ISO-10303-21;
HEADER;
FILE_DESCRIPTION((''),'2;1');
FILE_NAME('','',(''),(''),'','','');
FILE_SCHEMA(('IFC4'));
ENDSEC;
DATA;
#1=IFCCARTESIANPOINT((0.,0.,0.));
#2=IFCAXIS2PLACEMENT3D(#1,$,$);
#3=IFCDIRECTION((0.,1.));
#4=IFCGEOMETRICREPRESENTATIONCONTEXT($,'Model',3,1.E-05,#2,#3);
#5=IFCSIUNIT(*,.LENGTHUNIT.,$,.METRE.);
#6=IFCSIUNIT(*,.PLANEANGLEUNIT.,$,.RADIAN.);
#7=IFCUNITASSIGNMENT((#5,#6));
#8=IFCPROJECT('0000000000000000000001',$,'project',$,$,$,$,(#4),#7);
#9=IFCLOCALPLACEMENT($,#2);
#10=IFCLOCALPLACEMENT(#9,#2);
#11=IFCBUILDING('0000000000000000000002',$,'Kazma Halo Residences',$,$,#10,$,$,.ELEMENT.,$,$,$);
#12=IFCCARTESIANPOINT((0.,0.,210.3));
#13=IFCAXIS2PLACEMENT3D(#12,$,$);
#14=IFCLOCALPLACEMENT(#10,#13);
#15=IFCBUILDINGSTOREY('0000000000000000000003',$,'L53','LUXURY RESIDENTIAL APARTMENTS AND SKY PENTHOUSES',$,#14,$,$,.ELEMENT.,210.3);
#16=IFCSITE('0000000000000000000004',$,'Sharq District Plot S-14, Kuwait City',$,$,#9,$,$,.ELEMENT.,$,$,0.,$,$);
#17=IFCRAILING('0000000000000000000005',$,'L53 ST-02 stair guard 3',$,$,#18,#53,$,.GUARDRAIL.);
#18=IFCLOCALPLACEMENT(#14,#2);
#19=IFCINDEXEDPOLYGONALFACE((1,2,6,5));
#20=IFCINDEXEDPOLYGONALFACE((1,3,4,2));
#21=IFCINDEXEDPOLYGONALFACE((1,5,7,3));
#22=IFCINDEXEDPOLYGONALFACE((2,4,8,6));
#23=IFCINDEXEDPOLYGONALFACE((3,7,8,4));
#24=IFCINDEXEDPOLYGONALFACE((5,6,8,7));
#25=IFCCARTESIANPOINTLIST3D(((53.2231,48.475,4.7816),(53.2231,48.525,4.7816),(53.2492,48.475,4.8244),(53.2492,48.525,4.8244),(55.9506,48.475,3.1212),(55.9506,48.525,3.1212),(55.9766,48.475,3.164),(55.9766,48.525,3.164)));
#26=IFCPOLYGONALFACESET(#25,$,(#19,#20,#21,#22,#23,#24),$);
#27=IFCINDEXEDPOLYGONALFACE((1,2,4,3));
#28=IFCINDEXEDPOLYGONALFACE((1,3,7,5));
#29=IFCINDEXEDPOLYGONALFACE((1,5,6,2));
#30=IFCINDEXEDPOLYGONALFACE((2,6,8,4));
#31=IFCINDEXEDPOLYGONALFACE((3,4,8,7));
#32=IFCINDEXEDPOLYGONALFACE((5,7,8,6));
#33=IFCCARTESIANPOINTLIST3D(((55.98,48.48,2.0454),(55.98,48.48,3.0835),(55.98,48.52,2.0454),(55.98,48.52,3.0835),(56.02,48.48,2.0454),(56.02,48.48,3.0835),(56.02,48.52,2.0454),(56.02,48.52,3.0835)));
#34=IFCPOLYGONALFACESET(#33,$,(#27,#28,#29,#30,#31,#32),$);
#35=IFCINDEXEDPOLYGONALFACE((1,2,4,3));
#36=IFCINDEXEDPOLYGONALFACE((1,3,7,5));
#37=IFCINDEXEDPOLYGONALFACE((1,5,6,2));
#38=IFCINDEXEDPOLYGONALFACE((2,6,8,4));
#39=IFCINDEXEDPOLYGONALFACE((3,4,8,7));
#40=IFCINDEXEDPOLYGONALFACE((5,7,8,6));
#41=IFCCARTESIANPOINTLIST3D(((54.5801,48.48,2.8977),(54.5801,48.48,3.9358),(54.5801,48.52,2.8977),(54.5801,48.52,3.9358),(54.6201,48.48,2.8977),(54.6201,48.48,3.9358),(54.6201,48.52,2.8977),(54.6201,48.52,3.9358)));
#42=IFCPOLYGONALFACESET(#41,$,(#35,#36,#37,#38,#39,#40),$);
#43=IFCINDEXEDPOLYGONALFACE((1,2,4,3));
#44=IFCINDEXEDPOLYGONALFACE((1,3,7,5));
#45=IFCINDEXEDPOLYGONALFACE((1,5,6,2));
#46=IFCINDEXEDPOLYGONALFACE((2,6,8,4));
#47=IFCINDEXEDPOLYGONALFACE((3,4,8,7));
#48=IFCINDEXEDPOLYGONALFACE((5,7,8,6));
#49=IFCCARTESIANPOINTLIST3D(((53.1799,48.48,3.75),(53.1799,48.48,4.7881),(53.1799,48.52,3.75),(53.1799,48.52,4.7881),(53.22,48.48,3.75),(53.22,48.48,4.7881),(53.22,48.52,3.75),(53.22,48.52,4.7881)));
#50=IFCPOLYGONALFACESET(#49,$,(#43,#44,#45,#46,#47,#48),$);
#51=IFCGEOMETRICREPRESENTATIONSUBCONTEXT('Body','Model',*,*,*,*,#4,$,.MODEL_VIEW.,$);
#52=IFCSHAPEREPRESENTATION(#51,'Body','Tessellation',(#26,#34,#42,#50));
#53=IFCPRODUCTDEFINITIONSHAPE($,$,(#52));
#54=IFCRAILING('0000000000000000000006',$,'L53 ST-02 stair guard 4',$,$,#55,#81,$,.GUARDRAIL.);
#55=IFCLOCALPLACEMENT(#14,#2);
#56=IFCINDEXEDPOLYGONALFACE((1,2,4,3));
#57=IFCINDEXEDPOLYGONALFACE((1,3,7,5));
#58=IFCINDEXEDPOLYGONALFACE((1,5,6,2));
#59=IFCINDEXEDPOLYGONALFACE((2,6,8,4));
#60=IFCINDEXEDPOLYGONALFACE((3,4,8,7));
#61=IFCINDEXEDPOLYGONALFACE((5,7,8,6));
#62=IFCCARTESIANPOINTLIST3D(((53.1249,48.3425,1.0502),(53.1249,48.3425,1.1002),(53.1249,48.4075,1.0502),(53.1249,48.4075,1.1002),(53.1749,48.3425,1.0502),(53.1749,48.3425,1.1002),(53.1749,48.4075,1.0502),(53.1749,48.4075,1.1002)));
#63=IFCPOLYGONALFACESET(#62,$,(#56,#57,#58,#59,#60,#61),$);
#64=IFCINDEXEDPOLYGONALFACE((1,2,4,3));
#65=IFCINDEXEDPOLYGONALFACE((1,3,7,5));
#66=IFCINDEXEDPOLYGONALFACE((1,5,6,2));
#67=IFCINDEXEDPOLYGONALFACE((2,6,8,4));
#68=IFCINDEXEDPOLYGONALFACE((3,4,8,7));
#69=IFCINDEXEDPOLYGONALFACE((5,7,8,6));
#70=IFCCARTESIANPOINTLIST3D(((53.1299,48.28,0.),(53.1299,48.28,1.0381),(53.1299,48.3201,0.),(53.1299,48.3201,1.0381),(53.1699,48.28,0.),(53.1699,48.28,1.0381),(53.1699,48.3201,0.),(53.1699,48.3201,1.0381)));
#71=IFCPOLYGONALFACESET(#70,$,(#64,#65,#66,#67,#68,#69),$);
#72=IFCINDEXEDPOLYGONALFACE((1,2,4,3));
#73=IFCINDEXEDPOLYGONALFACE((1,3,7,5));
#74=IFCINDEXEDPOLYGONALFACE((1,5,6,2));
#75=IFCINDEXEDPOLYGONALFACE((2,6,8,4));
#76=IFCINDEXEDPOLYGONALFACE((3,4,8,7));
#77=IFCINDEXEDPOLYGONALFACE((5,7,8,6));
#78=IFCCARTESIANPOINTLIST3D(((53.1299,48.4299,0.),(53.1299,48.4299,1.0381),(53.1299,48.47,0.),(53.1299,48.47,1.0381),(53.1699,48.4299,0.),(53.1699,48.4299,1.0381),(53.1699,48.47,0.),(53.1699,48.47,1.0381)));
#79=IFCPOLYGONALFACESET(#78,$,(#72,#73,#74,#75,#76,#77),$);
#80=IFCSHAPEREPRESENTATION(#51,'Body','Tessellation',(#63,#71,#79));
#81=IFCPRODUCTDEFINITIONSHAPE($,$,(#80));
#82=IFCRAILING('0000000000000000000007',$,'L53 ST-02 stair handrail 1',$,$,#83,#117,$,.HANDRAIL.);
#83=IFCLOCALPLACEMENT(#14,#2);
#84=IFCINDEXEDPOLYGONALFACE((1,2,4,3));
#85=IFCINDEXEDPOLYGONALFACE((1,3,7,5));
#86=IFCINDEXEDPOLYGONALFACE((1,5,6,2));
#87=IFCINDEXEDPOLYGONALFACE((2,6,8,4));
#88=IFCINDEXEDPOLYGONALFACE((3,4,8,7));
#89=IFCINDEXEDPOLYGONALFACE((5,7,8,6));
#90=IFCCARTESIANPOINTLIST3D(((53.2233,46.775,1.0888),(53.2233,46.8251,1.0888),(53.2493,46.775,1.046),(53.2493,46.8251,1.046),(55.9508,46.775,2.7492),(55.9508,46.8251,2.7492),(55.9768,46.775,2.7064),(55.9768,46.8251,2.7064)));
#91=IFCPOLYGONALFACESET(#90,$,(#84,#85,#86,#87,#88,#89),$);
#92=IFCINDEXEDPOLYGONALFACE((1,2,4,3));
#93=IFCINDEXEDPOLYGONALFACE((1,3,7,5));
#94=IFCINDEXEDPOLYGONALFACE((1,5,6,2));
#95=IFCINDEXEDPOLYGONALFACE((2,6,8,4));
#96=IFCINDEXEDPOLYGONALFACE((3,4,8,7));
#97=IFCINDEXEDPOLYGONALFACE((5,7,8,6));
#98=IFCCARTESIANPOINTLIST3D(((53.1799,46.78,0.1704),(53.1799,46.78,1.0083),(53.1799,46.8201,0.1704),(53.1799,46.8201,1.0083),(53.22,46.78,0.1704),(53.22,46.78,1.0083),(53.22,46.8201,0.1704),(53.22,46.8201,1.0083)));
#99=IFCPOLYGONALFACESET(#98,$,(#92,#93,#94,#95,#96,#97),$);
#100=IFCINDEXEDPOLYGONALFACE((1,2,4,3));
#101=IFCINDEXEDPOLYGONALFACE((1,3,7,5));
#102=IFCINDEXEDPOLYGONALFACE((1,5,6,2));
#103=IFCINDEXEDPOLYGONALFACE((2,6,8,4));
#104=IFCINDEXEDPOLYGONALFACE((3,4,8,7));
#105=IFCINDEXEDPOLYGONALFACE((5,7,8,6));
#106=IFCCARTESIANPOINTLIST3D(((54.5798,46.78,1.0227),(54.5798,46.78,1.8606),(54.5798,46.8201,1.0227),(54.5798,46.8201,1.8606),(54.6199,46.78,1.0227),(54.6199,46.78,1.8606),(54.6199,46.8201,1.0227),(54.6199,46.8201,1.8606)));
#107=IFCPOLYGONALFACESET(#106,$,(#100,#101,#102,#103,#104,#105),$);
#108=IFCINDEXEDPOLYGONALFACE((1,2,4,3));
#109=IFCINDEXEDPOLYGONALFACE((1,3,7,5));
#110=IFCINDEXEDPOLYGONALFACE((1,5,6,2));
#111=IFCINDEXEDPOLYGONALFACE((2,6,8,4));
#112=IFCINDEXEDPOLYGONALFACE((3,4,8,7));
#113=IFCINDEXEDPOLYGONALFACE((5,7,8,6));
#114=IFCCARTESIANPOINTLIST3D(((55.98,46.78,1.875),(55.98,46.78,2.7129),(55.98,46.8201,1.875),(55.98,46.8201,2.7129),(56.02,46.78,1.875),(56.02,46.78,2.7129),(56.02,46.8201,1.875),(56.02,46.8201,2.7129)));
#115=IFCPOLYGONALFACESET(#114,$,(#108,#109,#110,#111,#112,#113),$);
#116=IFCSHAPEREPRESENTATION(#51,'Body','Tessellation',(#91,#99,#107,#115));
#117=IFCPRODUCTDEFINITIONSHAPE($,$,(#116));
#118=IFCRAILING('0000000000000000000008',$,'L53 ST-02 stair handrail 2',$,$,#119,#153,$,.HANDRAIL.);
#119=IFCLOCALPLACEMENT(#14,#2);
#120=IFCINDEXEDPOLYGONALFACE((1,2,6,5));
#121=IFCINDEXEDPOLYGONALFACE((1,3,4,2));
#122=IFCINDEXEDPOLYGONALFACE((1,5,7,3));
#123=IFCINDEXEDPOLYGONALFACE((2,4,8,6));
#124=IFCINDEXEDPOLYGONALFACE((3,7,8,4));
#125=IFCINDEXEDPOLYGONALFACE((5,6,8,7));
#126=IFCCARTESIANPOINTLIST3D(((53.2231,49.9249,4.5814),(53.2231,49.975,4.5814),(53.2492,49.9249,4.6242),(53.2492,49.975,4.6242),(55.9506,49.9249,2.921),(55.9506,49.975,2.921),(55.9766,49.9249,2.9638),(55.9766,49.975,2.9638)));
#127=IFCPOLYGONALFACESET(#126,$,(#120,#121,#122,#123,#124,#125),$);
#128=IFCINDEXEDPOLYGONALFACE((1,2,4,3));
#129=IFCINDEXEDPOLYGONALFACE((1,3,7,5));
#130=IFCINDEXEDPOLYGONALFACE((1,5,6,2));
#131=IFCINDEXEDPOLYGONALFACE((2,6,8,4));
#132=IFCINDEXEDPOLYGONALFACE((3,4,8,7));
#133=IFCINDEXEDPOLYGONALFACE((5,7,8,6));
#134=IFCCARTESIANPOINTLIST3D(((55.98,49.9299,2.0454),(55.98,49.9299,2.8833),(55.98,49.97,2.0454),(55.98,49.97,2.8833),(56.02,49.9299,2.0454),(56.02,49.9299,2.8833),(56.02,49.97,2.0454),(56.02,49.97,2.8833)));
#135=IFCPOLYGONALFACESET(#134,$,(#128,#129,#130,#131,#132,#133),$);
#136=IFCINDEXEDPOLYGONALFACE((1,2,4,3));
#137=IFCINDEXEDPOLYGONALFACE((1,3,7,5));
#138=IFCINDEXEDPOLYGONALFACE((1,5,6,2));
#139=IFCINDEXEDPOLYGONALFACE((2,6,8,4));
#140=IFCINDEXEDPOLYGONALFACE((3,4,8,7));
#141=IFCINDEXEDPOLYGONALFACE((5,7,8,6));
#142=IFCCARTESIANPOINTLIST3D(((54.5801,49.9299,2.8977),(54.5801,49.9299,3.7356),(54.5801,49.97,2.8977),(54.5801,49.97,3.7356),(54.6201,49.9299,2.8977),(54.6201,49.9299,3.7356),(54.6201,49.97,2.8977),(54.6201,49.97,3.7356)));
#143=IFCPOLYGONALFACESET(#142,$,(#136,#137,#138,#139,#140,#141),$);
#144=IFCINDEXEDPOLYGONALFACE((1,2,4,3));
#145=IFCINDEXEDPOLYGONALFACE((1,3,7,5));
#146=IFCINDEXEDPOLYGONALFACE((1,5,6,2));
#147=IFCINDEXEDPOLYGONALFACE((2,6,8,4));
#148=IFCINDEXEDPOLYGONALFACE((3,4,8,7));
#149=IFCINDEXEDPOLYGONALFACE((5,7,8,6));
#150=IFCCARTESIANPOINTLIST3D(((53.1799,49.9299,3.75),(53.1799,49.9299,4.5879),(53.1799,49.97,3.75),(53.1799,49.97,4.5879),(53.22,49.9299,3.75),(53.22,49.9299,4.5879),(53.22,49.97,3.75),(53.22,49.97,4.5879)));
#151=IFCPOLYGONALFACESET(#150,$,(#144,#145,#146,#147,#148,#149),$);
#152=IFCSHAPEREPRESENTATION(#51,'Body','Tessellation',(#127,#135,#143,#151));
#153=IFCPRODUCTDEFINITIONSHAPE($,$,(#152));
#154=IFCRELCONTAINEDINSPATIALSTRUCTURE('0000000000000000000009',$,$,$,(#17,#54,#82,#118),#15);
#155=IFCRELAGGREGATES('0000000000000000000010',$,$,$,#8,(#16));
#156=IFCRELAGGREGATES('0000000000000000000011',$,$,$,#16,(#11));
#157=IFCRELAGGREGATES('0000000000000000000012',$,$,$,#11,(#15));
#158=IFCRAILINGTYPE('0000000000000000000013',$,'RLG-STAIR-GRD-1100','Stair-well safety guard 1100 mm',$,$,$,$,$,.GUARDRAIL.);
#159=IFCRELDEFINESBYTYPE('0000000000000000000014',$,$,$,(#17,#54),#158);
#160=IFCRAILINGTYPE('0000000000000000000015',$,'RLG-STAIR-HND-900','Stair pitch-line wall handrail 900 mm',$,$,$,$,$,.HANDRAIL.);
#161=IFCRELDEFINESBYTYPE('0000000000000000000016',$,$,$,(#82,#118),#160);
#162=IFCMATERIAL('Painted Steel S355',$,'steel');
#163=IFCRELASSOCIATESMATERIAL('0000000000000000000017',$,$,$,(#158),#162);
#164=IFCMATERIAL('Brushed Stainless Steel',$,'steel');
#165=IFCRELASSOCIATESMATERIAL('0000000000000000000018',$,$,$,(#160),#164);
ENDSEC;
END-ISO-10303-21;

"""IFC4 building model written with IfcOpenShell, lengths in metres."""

from ifc_helpers import new_model, si_unit, direction, frame, origin, origin_2d, place, context, subcontext, project, spatial, rectangle, extrude, material, type_object, element, save


model = new_model("IFC4")

# Units and contexts
model_context = context("Model", 3, precision=1e-05, world=origin(), true_north=direction((0.0, 1.0)))
body_context = subcontext(model_context, "Body", "Model", "MODEL_VIEW")
ifc_project = project(units=[si_unit("LENGTHUNIT", "METRE"), si_unit("PLANEANGLEUNIT", "RADIAN")], contexts=[model_context])

# Site, building, storey
site_placement = place(None, origin())
site = spatial("IfcSite", under=ifc_project, at=site_placement, Name="Sharq District Plot S-14, Kuwait City", CompositionType="ELEMENT", RefElevation=0.0)
building_placement = place(site_placement, origin())
building = spatial("IfcBuilding", under=site, at=building_placement, Name="Kazma Halo Residences", CompositionType="ELEMENT")
storey_placement = place(building_placement, frame((0.0, 0.0, 210.3)))
storey = spatial("IfcBuildingStorey", under=building, at=storey_placement, Name="L53", Description="LUXURY RESIDENTIAL APARTMENTS AND SKY PENTHOUSES", CompositionType="ELEMENT", Elevation=210.3)

# Railings
ifc_material_1 = material(Name="Painted Steel S355", Category="steel")
railing_type_1 = type_object("IfcRailingType", Name="RLG-STAIR-GRD-1100", Description="Stair-well safety guard 1100 mm", PredefinedType="GUARDRAIL", material=ifc_material_1)
railing_1_placement = place(storey_placement, frame((56.0, 48.5, 2.0454)))
element("IfcRailing", 1, at=railing_1_placement, inside=storey, type_object=railing_type_1, Name="L53 ST-02 stair guard 3", PredefinedType="GUARDRAIL", context=body_context, shape_type="SweptSolid", body=[
    extrude(rectangle(XDim=0.05, YDim=0.05, at=origin_2d()), frame((-0.0364, 0.0, 1.0972), z_axis=(-0.85417, 0.0, 0.519994), x_axis=(0.0, -1.0, 0.0)), (0.0, 0.0, 1.0), 3.1931),
    extrude(rectangle(XDim=0.04, YDim=0.04, at=origin_2d()), origin(), (0.0, 0.0, 1.0), 1.0381),
    extrude(rectangle(XDim=0.04, YDim=0.04, at=origin_2d()), frame((-1.3999, 0.0, 0.8523)), (0.0, 0.0, 1.0), 1.0381),
    extrude(rectangle(XDim=0.04, YDim=0.04, at=origin_2d()), frame((-2.8, 0.0, 1.7046)), (0.0, 0.0, 1.0), 1.0381),
])
railing_2_placement = place(storey_placement, frame((53.1499, 48.3, 0.0)))
element("IfcRailing", 2, at=railing_2_placement, inside=storey, type_object=railing_type_1, Name="L53 ST-02 stair guard 4", PredefinedType="GUARDRAIL", context=body_context, shape_type="SweptSolid", body=[
    extrude(rectangle(XDim=0.05, YDim=0.05, at=origin_2d()), frame((0.0, 0.0425, 1.0752), z_axis=(0.0, 1.0, 0.0), x_axis=(-1.0, 0.0, 0.0)), (0.0, 0.0, 1.0), 0.0649),
    extrude(rectangle(XDim=0.04, YDim=0.04, at=origin_2d()), origin(), (0.0, 0.0, 1.0), 1.0381),
    extrude(rectangle(XDim=0.04, YDim=0.04, at=origin_2d()), frame((0.0, 0.1499, 0.0)), (0.0, 0.0, 1.0), 1.0381),
])
ifc_material_2 = material(Name="Brushed Stainless Steel", Category="steel")
railing_type_2 = type_object("IfcRailingType", Name="RLG-STAIR-HND-900", Description="Stair pitch-line wall handrail 900 mm", PredefinedType="HANDRAIL", material=ifc_material_2)
railing_3_placement = place(storey_placement, frame((53.2, 46.8, 0.1704)))
element("IfcRailing", 3, at=railing_3_placement, inside=storey, type_object=railing_type_2, Name="L53 ST-02 stair handrail 1", PredefinedType="HANDRAIL", context=body_context, shape_type="SweptSolid", body=[
    extrude(rectangle(XDim=0.05, YDim=0.05, at=origin_2d()), frame((0.0364, 0.0, 0.897), z_axis=(0.85417, 0.0, 0.519994), x_axis=(0.0, 1.0, 0.0)), (0.0, 0.0, 1.0), 3.1931),
    extrude(rectangle(XDim=0.04, YDim=0.04, at=origin_2d()), origin(), (0.0, 0.0, 1.0), 0.8379),
    extrude(rectangle(XDim=0.04, YDim=0.04, at=origin_2d()), frame((1.3999, 0.0, 0.8523)), (0.0, 0.0, 1.0), 0.8379),
    extrude(rectangle(XDim=0.04, YDim=0.04, at=origin_2d()), frame((2.8, 0.0, 1.7046)), (0.0, 0.0, 1.0), 0.8379),
])
railing_4_placement = place(storey_placement, frame((56.0, 49.95, 2.0454)))
element("IfcRailing", 4, at=railing_4_placement, inside=storey, type_object=railing_type_2, Name="L53 ST-02 stair handrail 2", PredefinedType="HANDRAIL", context=body_context, shape_type="SweptSolid", body=[
    extrude(rectangle(XDim=0.05, YDim=0.05, at=origin_2d()), frame((-0.0364, 0.0, 0.897), z_axis=(-0.85417, 0.0, 0.519994), x_axis=(0.0, -1.0, 0.0)), (0.0, 0.0, 1.0), 3.1931),
    extrude(rectangle(XDim=0.04, YDim=0.04, at=origin_2d()), origin(), (0.0, 0.0, 1.0), 0.8379),
    extrude(rectangle(XDim=0.04, YDim=0.04, at=origin_2d()), frame((-1.3999, 0.0, 0.8523)), (0.0, 0.0, 1.0), 0.8379),
    extrude(rectangle(XDim=0.04, YDim=0.04, at=origin_2d()), frame((-2.8, 0.0, 1.7046)), (0.0, 0.0, 1.0), 0.8379),
])

save(model, "model.ifc")
